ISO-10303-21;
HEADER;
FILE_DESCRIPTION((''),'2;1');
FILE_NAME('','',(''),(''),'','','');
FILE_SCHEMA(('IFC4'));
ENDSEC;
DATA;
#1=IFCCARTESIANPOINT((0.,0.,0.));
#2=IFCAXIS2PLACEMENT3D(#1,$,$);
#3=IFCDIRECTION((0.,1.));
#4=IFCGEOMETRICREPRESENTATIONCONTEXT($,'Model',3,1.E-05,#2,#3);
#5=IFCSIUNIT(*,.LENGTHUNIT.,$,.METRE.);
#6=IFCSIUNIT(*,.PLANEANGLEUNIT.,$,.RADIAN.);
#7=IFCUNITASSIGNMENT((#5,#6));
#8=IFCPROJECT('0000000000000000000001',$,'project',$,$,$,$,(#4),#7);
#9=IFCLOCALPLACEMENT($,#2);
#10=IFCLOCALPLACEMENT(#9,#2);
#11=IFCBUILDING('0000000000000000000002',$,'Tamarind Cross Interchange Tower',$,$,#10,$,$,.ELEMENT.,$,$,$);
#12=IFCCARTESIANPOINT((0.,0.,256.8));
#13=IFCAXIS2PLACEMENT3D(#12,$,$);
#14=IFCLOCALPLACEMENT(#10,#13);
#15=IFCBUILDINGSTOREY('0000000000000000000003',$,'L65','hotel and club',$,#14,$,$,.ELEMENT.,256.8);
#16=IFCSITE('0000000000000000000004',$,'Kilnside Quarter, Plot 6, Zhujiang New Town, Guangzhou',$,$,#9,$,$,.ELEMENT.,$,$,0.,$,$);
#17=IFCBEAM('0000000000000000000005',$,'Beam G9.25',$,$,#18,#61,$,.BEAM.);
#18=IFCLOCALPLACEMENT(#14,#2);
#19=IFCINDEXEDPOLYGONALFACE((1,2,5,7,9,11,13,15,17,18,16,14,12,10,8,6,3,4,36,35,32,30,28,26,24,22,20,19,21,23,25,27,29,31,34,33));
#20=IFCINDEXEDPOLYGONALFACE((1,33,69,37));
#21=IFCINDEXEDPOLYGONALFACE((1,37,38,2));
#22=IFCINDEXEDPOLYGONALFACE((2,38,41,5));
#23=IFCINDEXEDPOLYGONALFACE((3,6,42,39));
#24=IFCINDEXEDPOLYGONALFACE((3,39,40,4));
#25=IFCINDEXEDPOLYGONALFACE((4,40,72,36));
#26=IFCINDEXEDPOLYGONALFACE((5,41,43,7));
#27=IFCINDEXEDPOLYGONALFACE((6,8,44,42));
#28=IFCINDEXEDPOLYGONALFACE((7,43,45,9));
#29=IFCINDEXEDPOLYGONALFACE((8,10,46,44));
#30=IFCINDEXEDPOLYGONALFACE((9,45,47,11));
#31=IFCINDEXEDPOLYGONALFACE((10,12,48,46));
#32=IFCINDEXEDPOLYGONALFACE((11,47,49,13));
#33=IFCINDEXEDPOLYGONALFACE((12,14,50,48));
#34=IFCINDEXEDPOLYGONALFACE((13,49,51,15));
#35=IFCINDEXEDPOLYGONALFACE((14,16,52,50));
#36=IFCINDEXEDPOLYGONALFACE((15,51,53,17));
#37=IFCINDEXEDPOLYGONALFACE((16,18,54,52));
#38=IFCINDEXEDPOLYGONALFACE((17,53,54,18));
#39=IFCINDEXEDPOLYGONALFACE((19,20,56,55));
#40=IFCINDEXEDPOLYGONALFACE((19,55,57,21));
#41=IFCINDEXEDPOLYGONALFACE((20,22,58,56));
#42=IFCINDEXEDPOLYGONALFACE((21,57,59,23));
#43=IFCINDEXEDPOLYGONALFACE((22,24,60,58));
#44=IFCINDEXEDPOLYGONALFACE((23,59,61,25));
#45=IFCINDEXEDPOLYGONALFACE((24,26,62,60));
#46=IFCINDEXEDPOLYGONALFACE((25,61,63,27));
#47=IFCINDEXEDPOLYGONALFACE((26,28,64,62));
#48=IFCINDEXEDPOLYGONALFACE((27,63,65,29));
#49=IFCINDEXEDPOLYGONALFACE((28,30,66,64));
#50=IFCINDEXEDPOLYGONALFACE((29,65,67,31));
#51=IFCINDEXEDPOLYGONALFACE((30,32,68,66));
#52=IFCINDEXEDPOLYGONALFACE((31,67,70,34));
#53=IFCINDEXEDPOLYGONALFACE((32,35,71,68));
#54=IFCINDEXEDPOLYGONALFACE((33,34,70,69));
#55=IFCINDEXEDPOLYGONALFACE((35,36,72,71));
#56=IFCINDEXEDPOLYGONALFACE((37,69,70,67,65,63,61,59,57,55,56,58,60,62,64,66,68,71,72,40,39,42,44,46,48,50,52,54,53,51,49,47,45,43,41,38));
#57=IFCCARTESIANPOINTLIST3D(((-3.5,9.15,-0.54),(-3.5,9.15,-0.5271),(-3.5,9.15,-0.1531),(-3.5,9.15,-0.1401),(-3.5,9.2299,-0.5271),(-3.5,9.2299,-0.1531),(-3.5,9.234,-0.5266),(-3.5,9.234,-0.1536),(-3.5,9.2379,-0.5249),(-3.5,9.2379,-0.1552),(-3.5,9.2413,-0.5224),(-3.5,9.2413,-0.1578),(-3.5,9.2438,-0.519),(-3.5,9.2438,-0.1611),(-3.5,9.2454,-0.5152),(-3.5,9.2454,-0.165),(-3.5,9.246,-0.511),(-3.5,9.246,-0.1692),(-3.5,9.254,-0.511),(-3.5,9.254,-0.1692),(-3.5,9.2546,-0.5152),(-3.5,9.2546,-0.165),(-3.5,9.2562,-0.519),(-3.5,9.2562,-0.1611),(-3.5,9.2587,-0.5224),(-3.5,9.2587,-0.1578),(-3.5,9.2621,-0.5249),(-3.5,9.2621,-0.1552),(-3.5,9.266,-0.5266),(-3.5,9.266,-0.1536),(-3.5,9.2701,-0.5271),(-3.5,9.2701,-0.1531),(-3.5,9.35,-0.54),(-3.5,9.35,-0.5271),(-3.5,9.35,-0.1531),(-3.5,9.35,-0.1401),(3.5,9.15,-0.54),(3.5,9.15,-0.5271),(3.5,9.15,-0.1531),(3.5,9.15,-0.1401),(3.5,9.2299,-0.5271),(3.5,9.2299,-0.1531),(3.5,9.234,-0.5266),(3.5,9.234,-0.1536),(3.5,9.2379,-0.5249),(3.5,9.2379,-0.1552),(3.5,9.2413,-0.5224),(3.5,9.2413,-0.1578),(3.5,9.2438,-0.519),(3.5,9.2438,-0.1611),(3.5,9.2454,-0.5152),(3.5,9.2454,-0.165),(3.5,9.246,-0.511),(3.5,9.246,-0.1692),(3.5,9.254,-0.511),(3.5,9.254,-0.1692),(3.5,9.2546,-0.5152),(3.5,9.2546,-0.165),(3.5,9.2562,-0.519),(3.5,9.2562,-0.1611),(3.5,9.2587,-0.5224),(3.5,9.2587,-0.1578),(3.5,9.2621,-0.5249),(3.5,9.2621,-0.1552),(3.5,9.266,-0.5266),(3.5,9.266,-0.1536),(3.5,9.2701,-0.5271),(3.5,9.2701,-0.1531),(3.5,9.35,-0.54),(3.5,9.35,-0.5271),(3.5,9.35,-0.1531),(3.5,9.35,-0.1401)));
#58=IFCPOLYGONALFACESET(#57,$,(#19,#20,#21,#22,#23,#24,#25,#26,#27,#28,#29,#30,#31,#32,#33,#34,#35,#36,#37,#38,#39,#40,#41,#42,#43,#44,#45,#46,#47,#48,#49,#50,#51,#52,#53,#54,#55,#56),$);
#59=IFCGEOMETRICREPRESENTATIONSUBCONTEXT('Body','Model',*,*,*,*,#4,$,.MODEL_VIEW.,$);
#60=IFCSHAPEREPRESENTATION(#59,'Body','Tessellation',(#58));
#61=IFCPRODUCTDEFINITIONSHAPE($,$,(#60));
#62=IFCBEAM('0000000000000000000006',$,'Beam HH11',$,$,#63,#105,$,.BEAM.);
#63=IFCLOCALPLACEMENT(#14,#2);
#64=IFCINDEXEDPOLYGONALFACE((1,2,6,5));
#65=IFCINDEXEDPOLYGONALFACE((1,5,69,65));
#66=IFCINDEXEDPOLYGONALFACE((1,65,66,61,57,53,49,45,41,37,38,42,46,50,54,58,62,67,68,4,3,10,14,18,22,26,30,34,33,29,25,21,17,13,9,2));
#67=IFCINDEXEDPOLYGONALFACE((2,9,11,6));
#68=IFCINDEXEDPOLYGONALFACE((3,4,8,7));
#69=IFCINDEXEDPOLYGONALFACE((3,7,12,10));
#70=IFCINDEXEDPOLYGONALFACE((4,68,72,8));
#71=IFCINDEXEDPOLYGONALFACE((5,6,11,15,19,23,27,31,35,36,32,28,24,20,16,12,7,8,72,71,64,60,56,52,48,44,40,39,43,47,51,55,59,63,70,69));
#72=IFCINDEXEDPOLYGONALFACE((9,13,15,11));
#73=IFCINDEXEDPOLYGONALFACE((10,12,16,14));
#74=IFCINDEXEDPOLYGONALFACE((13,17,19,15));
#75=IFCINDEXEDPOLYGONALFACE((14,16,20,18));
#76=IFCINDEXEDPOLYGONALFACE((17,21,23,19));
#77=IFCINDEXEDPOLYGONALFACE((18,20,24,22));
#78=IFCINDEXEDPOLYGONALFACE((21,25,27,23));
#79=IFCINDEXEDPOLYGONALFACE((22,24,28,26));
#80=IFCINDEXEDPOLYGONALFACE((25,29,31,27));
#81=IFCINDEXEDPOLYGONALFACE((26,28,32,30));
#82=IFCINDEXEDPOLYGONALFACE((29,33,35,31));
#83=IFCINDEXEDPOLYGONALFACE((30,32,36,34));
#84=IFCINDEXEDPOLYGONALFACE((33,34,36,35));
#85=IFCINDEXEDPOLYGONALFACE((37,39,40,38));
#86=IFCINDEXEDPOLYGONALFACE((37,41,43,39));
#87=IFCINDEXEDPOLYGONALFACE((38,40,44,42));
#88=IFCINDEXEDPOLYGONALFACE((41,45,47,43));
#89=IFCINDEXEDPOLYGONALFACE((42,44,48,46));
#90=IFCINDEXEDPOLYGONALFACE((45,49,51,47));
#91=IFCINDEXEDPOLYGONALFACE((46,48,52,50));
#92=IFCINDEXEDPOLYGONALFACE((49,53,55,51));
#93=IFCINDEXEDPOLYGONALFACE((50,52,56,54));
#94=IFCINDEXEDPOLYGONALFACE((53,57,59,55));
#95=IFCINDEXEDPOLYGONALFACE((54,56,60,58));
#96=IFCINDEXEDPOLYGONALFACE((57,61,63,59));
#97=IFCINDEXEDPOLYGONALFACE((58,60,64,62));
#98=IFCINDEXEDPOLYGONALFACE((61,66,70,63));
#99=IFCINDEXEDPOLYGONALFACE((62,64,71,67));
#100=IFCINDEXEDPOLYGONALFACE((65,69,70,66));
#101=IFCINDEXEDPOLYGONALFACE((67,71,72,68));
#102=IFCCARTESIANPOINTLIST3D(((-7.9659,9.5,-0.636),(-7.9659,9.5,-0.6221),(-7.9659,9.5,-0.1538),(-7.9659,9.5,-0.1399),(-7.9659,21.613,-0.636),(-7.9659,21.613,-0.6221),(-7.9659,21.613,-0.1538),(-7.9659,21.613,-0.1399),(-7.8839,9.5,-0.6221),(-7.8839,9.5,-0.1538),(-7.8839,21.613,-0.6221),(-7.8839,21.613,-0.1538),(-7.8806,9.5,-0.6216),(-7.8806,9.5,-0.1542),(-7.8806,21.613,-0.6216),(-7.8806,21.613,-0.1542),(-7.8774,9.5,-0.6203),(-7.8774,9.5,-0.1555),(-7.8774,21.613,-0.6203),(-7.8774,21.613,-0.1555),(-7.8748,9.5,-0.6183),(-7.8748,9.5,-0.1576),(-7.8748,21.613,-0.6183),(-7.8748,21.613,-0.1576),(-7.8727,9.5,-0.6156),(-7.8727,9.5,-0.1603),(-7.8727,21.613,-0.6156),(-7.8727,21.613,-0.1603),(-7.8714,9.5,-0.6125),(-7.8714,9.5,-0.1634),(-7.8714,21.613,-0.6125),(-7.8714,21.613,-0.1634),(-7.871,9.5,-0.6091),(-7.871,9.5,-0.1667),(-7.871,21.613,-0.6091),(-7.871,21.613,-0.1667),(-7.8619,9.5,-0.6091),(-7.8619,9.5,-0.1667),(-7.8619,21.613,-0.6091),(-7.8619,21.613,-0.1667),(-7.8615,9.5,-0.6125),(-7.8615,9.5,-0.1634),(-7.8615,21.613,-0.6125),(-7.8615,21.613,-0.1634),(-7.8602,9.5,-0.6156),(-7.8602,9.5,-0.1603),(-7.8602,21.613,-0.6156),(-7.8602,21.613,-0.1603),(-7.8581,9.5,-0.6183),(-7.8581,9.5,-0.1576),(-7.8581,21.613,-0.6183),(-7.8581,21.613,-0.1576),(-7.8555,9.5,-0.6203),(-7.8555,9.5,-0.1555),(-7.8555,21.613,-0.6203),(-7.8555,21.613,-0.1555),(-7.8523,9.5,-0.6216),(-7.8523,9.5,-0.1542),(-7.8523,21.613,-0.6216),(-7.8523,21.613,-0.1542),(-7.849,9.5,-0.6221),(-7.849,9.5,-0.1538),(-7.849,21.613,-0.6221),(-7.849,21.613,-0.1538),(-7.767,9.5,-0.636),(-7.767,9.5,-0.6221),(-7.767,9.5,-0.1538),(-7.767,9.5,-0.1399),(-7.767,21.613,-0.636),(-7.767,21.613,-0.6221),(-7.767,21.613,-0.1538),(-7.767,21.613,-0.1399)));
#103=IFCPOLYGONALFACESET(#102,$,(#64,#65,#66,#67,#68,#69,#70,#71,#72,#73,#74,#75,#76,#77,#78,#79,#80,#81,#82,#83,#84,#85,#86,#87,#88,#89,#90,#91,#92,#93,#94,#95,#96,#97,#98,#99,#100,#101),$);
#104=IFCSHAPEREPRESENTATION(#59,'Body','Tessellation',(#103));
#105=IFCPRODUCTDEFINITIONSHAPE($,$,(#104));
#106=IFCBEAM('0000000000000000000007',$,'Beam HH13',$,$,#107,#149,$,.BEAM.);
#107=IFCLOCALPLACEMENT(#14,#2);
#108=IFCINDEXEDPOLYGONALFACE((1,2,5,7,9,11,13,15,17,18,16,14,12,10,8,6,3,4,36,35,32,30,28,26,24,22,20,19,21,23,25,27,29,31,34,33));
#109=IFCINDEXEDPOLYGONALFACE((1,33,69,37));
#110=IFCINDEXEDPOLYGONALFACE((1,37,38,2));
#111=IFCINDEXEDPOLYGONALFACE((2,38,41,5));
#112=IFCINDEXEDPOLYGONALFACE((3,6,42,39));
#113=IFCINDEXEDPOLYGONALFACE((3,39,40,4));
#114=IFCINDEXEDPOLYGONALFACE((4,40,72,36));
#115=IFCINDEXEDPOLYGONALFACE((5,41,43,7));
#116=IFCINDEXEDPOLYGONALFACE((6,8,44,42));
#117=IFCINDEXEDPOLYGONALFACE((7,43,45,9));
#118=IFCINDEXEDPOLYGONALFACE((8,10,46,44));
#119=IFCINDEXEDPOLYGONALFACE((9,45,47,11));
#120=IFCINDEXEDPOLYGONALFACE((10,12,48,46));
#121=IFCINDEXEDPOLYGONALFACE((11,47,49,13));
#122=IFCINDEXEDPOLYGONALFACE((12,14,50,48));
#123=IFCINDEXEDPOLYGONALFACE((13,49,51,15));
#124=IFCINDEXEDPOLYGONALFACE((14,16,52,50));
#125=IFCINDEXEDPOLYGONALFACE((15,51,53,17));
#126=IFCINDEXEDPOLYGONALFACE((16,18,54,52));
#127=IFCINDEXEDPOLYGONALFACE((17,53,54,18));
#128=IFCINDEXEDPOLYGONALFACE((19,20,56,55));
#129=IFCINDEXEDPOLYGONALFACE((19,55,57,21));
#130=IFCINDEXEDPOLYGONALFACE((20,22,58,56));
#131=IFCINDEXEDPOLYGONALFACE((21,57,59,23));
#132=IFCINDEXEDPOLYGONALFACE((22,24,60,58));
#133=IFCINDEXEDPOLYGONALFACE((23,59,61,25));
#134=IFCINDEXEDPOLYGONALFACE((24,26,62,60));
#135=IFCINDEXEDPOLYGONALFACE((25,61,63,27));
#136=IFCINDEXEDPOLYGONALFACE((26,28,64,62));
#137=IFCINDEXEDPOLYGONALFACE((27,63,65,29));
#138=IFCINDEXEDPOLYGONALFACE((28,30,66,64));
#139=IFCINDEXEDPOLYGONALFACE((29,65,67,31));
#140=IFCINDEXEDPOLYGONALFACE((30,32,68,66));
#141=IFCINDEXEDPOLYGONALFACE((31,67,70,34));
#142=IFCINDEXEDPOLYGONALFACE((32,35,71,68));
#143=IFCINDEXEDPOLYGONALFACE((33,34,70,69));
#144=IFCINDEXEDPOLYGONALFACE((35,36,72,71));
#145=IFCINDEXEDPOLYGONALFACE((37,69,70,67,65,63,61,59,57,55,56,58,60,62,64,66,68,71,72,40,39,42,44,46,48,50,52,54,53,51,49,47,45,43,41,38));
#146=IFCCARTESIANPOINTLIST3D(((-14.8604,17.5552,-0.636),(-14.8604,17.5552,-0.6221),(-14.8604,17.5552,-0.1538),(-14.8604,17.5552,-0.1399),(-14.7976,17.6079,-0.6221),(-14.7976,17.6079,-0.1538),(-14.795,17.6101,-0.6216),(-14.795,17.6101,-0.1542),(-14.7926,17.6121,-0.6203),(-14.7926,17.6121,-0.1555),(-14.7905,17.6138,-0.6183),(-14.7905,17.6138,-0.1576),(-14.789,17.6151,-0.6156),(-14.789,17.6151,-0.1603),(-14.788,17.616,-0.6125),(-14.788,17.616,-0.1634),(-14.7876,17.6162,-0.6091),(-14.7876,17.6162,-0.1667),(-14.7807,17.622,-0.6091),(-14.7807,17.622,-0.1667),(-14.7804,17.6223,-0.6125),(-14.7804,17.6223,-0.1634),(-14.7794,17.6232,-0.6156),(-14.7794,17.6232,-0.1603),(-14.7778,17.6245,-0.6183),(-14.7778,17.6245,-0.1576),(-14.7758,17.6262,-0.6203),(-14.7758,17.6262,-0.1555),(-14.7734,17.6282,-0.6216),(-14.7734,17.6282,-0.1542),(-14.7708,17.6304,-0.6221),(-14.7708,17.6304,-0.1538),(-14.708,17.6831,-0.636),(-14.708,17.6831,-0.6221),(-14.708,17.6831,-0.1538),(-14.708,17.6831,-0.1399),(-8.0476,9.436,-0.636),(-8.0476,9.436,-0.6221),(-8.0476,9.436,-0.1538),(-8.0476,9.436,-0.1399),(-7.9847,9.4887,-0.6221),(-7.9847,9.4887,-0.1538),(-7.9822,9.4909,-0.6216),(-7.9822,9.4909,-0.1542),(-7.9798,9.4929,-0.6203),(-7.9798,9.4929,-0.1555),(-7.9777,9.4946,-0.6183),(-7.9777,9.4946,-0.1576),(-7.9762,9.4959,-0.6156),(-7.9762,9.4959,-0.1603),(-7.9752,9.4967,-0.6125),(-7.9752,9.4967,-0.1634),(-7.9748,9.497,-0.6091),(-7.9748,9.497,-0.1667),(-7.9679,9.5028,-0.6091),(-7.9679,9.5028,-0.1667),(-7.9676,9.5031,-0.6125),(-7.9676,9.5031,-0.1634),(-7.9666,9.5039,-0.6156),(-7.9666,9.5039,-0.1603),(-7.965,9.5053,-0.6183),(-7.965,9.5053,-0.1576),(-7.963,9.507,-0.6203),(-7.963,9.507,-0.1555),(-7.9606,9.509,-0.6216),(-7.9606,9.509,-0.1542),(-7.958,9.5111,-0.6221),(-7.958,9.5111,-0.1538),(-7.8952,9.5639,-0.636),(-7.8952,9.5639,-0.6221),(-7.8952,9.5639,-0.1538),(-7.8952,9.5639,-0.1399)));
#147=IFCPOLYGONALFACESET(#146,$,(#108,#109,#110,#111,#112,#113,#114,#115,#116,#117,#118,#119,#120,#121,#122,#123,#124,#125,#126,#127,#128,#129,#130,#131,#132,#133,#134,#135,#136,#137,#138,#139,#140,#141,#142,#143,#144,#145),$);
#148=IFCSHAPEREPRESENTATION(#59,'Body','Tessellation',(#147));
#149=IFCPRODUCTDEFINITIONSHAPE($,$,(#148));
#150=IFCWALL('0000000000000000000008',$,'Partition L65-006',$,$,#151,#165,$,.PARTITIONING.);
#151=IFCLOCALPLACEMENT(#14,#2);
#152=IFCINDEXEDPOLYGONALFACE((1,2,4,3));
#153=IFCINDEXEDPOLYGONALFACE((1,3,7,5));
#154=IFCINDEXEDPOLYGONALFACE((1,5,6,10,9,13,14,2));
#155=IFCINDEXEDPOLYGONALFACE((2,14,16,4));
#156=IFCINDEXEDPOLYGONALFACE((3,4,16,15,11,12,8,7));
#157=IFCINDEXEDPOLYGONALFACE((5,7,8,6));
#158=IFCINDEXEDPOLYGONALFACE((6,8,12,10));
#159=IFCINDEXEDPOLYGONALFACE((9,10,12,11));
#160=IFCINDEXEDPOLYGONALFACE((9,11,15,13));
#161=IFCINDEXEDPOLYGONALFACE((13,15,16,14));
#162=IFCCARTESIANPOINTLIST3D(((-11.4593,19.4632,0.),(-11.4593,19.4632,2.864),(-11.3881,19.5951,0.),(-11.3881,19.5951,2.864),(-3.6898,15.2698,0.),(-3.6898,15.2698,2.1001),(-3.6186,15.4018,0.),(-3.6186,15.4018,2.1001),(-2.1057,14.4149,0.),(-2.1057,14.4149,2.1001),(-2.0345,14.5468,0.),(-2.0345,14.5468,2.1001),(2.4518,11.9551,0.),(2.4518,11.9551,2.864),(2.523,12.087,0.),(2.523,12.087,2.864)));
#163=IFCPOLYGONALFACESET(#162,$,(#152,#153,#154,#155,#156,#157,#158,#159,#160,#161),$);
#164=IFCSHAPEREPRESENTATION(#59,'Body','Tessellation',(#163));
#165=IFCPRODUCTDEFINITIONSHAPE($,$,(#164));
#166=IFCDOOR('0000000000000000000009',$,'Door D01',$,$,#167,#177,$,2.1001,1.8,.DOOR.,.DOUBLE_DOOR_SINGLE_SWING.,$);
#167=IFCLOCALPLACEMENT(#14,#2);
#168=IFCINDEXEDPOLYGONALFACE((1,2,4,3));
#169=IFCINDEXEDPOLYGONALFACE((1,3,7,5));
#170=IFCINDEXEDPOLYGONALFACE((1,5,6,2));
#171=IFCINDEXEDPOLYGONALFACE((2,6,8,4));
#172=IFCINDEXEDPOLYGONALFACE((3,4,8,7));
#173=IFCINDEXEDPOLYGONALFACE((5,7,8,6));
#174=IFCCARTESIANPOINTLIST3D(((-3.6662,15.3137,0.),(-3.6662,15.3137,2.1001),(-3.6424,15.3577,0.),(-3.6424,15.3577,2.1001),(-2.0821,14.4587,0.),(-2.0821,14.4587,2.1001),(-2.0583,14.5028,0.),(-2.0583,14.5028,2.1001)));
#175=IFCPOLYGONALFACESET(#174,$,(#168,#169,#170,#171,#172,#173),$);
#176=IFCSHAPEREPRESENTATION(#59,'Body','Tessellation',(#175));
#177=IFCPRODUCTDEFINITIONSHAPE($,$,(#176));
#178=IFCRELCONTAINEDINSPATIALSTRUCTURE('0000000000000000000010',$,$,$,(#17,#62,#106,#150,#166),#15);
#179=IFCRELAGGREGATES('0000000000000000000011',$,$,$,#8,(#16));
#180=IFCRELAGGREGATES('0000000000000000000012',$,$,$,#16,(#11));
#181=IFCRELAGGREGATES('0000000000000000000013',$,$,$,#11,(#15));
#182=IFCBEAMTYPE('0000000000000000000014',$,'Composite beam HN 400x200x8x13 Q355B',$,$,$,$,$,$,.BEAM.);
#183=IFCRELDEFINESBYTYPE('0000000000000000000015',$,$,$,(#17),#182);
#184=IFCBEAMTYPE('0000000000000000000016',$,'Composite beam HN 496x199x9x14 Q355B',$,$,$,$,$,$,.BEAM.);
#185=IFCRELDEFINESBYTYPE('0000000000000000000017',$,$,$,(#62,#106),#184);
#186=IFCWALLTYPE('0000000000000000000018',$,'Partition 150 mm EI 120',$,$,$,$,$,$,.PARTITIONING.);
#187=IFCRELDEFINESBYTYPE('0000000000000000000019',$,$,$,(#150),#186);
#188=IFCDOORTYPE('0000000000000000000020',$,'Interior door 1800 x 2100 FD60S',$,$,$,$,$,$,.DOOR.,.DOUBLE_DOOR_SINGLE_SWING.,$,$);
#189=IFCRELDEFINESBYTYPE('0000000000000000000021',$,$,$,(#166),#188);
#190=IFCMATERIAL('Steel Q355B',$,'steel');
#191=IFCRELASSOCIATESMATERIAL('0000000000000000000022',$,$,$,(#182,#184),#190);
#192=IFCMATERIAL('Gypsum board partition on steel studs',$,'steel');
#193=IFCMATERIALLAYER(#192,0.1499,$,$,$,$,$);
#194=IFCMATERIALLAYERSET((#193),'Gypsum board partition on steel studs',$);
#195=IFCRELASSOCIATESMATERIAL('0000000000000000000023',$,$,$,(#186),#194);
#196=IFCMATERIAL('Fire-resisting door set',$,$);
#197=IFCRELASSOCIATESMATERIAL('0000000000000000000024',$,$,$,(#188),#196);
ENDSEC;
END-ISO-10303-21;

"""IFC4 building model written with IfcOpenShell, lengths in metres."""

from ifc_helpers import new_model, si_unit, direction, frame, frame_2d, origin, origin_2d, place, context, subcontext, project, spatial, rectangle, i_section, extrude, material, layer, layer_set, material_profile, profile_set, type_object, element, fill, save


model = new_model("IFC4")

# Units and contexts
model_context = context("Model", 3, precision=1e-05, world=origin(), true_north=direction((0.0, 1.0)))
body_context = subcontext(model_context, "Body", "Model", "MODEL_VIEW")
ifc_project = project(units=[si_unit("LENGTHUNIT", "METRE"), si_unit("PLANEANGLEUNIT", "RADIAN")], contexts=[model_context])

# Site, building, storey
site_placement = place(None, origin())
site = spatial("IfcSite", under=ifc_project, at=site_placement, Name="Kilnside Quarter, Plot 6, Zhujiang New Town, Guangzhou", CompositionType="ELEMENT", RefElevation=0.0)
building_placement = place(site_placement, origin())
building = spatial("IfcBuilding", under=site, at=building_placement, Name="Tamarind Cross Interchange Tower", CompositionType="ELEMENT")
storey_placement = place(building_placement, frame((0.0, 0.0, 256.8)))
storey = spatial("IfcBuildingStorey", under=building, at=storey_placement, Name="L65", Description="hotel and club", CompositionType="ELEMENT", Elevation=256.8)

# Beams
ifc_material_1 = material(Name="Steel Q355B", Category="steel")
ifc_material_profile_1 = material_profile(ifc_material_1, i_section(OverallWidth=0.2, OverallDepth=0.3999, WebThickness=0.0081, FlangeThickness=0.0129, FilletRadius=0.0161, at=origin_2d()), Name="HN 400x200x8x13")
ifc_profile_set_1 = profile_set([ifc_material_profile_1], Name="Steel Q355B")
beam_type_1 = type_object("IfcBeamType", Name="Composite beam HN 400x200x8x13 Q355B", PredefinedType="BEAM", material=ifc_profile_set_1)
for number, where, z_axis, x_axis, name in (
    (1, (-3.5, 9.25, -0.3401), (1.0, 0.0, 0.0), (0.0, 1.0, 0.0), "Beam G9.25"),
):
    element("IfcBeam", number, at=place(storey_placement, frame(where, z_axis=z_axis, x_axis=x_axis)), inside=storey, type_object=beam_type_1, Name=name, PredefinedType="BEAM", context=body_context, shape_type="SweptSolid", body=[
        extrude(i_section(OverallWidth=0.2, OverallDepth=0.3999, WebThickness=0.0081, FlangeThickness=0.0129, FilletRadius=0.0161, at=origin_2d()), origin(), (0.0, 0.0, 1.0), 7.0),
    ])
ifc_material_profile_2 = material_profile(ifc_material_1, i_section(OverallWidth=0.199, OverallDepth=0.4961, WebThickness=0.009, FlangeThickness=0.0139, FilletRadius=0.0129, at=origin_2d()), Name="HN 496x199x9x14")
ifc_profile_set_2 = profile_set([ifc_material_profile_2], Name="Steel Q355B")
beam_type_2 = type_object("IfcBeamType", Name="Composite beam HN 496x199x9x14 Q355B", PredefinedType="BEAM", material=ifc_profile_set_2)
beam_1_placement = place(storey_placement, frame((-7.8665, 21.613, -0.3879), z_axis=(0.0, -1.0, 0.0), x_axis=(1.0, 0.0, 0.0)))
element("IfcBeam", 2, at=beam_1_placement, inside=storey, type_object=beam_type_2, Name="Beam HH11", PredefinedType="BEAM", context=body_context, shape_type="SweptSolid", body=[
    extrude(i_section(OverallWidth=0.199, OverallDepth=0.4961, WebThickness=0.009, FlangeThickness=0.0139, FilletRadius=0.0129, at=origin_2d()), origin(), (0.0, 0.0, 1.0), 12.113),
])
beam_2_placement = place(storey_placement, frame((-14.7842, 17.6191, -0.3879), z_axis=(0.642786, -0.766046, 0.0), x_axis=(0.766046, 0.642786, 0.0)))
element("IfcBeam", 3, at=beam_2_placement, inside=storey, type_object=beam_type_2, Name="Beam HH13", PredefinedType="BEAM", context=body_context, shape_type="SweptSolid", body=[
    extrude(i_section(OverallWidth=0.199, OverallDepth=0.4961, WebThickness=0.009, FlangeThickness=0.0139, FilletRadius=0.0129, at=origin_2d()), origin(), (0.0, 0.0, 1.0), 10.5989),
])

# Wall, opening, door
ifc_material_2 = material(Name="Gypsum board partition on steel studs", Category="steel")
ifc_layer_1 = layer(ifc_material_2, 0.1499)
ifc_layer_set_1 = layer_set([ifc_layer_1], Name="Gypsum board partition on steel studs")
wall_type_1 = type_object("IfcWallType", Name="Partition 150 mm EI 120", PredefinedType="PARTITIONING", material=ifc_layer_set_1)
wall_1_placement = place(storey_placement, frame((-11.4236, 19.5291, 0.0), z_axis=(0.0, 0.0, 1.0), x_axis=(0.88001, -0.474955, 0.0)))
wall_1 = element("IfcWall", 4, at=wall_1_placement, inside=storey, type_object=wall_type_1, Name="Partition L65-006", PredefinedType="PARTITIONING", context=body_context, shape_type="SweptSolid", body=[
    extrude(rectangle(XDim=15.8079, YDim=0.1499, at=frame_2d((7.9038, 0.0))), origin(), (0.0, 0.0, 1.0), 2.864),
])
opening_1_placement = place(wall_1_placement, frame((8.8289, 0.0, 0.0)))
opening_1 = element("IfcOpeningElement", 5, at=opening_1_placement, cuts=wall_1, PredefinedType="OPENING", context=body_context, shape_type="SweptSolid", body=[
    extrude(rectangle(XDim=1.8, YDim=2.1001, at=frame_2d((0.8999, 1.05))), frame((0.0, 0.085, 0.0), z_axis=(0.0, -1.0, 0.0), x_axis=(1.0, 0.0, 0.0)), (0.0, 0.0, 1.0), 0.1699),
])
ifc_material_3 = material(Name="Fire-resisting door set")
door_type_1 = type_object("IfcDoorType", Name="Interior door 1800 x 2100 FD60S", OperationType="DOUBLE_DOOR_SINGLE_SWING", PredefinedType="DOOR", material=ifc_material_3)
door_1_placement = place(opening_1_placement, origin())
door_1 = element("IfcDoor", 6, at=door_1_placement, inside=storey, type_object=door_type_1, Name="Door D01", OperationType="DOUBLE_DOOR_SINGLE_SWING", OverallHeight=2.1001, OverallWidth=1.8, PredefinedType="DOOR", context=body_context, shape_type="SweptSolid", body=[
    extrude(rectangle(XDim=1.8, YDim=2.1001, at=frame_2d((0.8999, 1.05))), frame((0.0, 0.0249, 0.0), z_axis=(0.0, -1.0, 0.0), x_axis=(1.0, 0.0, 0.0)), (0.0, 0.0, 1.0), 0.05),
])
fill(opening_1, door_1)

save(model, "model.ifc")
